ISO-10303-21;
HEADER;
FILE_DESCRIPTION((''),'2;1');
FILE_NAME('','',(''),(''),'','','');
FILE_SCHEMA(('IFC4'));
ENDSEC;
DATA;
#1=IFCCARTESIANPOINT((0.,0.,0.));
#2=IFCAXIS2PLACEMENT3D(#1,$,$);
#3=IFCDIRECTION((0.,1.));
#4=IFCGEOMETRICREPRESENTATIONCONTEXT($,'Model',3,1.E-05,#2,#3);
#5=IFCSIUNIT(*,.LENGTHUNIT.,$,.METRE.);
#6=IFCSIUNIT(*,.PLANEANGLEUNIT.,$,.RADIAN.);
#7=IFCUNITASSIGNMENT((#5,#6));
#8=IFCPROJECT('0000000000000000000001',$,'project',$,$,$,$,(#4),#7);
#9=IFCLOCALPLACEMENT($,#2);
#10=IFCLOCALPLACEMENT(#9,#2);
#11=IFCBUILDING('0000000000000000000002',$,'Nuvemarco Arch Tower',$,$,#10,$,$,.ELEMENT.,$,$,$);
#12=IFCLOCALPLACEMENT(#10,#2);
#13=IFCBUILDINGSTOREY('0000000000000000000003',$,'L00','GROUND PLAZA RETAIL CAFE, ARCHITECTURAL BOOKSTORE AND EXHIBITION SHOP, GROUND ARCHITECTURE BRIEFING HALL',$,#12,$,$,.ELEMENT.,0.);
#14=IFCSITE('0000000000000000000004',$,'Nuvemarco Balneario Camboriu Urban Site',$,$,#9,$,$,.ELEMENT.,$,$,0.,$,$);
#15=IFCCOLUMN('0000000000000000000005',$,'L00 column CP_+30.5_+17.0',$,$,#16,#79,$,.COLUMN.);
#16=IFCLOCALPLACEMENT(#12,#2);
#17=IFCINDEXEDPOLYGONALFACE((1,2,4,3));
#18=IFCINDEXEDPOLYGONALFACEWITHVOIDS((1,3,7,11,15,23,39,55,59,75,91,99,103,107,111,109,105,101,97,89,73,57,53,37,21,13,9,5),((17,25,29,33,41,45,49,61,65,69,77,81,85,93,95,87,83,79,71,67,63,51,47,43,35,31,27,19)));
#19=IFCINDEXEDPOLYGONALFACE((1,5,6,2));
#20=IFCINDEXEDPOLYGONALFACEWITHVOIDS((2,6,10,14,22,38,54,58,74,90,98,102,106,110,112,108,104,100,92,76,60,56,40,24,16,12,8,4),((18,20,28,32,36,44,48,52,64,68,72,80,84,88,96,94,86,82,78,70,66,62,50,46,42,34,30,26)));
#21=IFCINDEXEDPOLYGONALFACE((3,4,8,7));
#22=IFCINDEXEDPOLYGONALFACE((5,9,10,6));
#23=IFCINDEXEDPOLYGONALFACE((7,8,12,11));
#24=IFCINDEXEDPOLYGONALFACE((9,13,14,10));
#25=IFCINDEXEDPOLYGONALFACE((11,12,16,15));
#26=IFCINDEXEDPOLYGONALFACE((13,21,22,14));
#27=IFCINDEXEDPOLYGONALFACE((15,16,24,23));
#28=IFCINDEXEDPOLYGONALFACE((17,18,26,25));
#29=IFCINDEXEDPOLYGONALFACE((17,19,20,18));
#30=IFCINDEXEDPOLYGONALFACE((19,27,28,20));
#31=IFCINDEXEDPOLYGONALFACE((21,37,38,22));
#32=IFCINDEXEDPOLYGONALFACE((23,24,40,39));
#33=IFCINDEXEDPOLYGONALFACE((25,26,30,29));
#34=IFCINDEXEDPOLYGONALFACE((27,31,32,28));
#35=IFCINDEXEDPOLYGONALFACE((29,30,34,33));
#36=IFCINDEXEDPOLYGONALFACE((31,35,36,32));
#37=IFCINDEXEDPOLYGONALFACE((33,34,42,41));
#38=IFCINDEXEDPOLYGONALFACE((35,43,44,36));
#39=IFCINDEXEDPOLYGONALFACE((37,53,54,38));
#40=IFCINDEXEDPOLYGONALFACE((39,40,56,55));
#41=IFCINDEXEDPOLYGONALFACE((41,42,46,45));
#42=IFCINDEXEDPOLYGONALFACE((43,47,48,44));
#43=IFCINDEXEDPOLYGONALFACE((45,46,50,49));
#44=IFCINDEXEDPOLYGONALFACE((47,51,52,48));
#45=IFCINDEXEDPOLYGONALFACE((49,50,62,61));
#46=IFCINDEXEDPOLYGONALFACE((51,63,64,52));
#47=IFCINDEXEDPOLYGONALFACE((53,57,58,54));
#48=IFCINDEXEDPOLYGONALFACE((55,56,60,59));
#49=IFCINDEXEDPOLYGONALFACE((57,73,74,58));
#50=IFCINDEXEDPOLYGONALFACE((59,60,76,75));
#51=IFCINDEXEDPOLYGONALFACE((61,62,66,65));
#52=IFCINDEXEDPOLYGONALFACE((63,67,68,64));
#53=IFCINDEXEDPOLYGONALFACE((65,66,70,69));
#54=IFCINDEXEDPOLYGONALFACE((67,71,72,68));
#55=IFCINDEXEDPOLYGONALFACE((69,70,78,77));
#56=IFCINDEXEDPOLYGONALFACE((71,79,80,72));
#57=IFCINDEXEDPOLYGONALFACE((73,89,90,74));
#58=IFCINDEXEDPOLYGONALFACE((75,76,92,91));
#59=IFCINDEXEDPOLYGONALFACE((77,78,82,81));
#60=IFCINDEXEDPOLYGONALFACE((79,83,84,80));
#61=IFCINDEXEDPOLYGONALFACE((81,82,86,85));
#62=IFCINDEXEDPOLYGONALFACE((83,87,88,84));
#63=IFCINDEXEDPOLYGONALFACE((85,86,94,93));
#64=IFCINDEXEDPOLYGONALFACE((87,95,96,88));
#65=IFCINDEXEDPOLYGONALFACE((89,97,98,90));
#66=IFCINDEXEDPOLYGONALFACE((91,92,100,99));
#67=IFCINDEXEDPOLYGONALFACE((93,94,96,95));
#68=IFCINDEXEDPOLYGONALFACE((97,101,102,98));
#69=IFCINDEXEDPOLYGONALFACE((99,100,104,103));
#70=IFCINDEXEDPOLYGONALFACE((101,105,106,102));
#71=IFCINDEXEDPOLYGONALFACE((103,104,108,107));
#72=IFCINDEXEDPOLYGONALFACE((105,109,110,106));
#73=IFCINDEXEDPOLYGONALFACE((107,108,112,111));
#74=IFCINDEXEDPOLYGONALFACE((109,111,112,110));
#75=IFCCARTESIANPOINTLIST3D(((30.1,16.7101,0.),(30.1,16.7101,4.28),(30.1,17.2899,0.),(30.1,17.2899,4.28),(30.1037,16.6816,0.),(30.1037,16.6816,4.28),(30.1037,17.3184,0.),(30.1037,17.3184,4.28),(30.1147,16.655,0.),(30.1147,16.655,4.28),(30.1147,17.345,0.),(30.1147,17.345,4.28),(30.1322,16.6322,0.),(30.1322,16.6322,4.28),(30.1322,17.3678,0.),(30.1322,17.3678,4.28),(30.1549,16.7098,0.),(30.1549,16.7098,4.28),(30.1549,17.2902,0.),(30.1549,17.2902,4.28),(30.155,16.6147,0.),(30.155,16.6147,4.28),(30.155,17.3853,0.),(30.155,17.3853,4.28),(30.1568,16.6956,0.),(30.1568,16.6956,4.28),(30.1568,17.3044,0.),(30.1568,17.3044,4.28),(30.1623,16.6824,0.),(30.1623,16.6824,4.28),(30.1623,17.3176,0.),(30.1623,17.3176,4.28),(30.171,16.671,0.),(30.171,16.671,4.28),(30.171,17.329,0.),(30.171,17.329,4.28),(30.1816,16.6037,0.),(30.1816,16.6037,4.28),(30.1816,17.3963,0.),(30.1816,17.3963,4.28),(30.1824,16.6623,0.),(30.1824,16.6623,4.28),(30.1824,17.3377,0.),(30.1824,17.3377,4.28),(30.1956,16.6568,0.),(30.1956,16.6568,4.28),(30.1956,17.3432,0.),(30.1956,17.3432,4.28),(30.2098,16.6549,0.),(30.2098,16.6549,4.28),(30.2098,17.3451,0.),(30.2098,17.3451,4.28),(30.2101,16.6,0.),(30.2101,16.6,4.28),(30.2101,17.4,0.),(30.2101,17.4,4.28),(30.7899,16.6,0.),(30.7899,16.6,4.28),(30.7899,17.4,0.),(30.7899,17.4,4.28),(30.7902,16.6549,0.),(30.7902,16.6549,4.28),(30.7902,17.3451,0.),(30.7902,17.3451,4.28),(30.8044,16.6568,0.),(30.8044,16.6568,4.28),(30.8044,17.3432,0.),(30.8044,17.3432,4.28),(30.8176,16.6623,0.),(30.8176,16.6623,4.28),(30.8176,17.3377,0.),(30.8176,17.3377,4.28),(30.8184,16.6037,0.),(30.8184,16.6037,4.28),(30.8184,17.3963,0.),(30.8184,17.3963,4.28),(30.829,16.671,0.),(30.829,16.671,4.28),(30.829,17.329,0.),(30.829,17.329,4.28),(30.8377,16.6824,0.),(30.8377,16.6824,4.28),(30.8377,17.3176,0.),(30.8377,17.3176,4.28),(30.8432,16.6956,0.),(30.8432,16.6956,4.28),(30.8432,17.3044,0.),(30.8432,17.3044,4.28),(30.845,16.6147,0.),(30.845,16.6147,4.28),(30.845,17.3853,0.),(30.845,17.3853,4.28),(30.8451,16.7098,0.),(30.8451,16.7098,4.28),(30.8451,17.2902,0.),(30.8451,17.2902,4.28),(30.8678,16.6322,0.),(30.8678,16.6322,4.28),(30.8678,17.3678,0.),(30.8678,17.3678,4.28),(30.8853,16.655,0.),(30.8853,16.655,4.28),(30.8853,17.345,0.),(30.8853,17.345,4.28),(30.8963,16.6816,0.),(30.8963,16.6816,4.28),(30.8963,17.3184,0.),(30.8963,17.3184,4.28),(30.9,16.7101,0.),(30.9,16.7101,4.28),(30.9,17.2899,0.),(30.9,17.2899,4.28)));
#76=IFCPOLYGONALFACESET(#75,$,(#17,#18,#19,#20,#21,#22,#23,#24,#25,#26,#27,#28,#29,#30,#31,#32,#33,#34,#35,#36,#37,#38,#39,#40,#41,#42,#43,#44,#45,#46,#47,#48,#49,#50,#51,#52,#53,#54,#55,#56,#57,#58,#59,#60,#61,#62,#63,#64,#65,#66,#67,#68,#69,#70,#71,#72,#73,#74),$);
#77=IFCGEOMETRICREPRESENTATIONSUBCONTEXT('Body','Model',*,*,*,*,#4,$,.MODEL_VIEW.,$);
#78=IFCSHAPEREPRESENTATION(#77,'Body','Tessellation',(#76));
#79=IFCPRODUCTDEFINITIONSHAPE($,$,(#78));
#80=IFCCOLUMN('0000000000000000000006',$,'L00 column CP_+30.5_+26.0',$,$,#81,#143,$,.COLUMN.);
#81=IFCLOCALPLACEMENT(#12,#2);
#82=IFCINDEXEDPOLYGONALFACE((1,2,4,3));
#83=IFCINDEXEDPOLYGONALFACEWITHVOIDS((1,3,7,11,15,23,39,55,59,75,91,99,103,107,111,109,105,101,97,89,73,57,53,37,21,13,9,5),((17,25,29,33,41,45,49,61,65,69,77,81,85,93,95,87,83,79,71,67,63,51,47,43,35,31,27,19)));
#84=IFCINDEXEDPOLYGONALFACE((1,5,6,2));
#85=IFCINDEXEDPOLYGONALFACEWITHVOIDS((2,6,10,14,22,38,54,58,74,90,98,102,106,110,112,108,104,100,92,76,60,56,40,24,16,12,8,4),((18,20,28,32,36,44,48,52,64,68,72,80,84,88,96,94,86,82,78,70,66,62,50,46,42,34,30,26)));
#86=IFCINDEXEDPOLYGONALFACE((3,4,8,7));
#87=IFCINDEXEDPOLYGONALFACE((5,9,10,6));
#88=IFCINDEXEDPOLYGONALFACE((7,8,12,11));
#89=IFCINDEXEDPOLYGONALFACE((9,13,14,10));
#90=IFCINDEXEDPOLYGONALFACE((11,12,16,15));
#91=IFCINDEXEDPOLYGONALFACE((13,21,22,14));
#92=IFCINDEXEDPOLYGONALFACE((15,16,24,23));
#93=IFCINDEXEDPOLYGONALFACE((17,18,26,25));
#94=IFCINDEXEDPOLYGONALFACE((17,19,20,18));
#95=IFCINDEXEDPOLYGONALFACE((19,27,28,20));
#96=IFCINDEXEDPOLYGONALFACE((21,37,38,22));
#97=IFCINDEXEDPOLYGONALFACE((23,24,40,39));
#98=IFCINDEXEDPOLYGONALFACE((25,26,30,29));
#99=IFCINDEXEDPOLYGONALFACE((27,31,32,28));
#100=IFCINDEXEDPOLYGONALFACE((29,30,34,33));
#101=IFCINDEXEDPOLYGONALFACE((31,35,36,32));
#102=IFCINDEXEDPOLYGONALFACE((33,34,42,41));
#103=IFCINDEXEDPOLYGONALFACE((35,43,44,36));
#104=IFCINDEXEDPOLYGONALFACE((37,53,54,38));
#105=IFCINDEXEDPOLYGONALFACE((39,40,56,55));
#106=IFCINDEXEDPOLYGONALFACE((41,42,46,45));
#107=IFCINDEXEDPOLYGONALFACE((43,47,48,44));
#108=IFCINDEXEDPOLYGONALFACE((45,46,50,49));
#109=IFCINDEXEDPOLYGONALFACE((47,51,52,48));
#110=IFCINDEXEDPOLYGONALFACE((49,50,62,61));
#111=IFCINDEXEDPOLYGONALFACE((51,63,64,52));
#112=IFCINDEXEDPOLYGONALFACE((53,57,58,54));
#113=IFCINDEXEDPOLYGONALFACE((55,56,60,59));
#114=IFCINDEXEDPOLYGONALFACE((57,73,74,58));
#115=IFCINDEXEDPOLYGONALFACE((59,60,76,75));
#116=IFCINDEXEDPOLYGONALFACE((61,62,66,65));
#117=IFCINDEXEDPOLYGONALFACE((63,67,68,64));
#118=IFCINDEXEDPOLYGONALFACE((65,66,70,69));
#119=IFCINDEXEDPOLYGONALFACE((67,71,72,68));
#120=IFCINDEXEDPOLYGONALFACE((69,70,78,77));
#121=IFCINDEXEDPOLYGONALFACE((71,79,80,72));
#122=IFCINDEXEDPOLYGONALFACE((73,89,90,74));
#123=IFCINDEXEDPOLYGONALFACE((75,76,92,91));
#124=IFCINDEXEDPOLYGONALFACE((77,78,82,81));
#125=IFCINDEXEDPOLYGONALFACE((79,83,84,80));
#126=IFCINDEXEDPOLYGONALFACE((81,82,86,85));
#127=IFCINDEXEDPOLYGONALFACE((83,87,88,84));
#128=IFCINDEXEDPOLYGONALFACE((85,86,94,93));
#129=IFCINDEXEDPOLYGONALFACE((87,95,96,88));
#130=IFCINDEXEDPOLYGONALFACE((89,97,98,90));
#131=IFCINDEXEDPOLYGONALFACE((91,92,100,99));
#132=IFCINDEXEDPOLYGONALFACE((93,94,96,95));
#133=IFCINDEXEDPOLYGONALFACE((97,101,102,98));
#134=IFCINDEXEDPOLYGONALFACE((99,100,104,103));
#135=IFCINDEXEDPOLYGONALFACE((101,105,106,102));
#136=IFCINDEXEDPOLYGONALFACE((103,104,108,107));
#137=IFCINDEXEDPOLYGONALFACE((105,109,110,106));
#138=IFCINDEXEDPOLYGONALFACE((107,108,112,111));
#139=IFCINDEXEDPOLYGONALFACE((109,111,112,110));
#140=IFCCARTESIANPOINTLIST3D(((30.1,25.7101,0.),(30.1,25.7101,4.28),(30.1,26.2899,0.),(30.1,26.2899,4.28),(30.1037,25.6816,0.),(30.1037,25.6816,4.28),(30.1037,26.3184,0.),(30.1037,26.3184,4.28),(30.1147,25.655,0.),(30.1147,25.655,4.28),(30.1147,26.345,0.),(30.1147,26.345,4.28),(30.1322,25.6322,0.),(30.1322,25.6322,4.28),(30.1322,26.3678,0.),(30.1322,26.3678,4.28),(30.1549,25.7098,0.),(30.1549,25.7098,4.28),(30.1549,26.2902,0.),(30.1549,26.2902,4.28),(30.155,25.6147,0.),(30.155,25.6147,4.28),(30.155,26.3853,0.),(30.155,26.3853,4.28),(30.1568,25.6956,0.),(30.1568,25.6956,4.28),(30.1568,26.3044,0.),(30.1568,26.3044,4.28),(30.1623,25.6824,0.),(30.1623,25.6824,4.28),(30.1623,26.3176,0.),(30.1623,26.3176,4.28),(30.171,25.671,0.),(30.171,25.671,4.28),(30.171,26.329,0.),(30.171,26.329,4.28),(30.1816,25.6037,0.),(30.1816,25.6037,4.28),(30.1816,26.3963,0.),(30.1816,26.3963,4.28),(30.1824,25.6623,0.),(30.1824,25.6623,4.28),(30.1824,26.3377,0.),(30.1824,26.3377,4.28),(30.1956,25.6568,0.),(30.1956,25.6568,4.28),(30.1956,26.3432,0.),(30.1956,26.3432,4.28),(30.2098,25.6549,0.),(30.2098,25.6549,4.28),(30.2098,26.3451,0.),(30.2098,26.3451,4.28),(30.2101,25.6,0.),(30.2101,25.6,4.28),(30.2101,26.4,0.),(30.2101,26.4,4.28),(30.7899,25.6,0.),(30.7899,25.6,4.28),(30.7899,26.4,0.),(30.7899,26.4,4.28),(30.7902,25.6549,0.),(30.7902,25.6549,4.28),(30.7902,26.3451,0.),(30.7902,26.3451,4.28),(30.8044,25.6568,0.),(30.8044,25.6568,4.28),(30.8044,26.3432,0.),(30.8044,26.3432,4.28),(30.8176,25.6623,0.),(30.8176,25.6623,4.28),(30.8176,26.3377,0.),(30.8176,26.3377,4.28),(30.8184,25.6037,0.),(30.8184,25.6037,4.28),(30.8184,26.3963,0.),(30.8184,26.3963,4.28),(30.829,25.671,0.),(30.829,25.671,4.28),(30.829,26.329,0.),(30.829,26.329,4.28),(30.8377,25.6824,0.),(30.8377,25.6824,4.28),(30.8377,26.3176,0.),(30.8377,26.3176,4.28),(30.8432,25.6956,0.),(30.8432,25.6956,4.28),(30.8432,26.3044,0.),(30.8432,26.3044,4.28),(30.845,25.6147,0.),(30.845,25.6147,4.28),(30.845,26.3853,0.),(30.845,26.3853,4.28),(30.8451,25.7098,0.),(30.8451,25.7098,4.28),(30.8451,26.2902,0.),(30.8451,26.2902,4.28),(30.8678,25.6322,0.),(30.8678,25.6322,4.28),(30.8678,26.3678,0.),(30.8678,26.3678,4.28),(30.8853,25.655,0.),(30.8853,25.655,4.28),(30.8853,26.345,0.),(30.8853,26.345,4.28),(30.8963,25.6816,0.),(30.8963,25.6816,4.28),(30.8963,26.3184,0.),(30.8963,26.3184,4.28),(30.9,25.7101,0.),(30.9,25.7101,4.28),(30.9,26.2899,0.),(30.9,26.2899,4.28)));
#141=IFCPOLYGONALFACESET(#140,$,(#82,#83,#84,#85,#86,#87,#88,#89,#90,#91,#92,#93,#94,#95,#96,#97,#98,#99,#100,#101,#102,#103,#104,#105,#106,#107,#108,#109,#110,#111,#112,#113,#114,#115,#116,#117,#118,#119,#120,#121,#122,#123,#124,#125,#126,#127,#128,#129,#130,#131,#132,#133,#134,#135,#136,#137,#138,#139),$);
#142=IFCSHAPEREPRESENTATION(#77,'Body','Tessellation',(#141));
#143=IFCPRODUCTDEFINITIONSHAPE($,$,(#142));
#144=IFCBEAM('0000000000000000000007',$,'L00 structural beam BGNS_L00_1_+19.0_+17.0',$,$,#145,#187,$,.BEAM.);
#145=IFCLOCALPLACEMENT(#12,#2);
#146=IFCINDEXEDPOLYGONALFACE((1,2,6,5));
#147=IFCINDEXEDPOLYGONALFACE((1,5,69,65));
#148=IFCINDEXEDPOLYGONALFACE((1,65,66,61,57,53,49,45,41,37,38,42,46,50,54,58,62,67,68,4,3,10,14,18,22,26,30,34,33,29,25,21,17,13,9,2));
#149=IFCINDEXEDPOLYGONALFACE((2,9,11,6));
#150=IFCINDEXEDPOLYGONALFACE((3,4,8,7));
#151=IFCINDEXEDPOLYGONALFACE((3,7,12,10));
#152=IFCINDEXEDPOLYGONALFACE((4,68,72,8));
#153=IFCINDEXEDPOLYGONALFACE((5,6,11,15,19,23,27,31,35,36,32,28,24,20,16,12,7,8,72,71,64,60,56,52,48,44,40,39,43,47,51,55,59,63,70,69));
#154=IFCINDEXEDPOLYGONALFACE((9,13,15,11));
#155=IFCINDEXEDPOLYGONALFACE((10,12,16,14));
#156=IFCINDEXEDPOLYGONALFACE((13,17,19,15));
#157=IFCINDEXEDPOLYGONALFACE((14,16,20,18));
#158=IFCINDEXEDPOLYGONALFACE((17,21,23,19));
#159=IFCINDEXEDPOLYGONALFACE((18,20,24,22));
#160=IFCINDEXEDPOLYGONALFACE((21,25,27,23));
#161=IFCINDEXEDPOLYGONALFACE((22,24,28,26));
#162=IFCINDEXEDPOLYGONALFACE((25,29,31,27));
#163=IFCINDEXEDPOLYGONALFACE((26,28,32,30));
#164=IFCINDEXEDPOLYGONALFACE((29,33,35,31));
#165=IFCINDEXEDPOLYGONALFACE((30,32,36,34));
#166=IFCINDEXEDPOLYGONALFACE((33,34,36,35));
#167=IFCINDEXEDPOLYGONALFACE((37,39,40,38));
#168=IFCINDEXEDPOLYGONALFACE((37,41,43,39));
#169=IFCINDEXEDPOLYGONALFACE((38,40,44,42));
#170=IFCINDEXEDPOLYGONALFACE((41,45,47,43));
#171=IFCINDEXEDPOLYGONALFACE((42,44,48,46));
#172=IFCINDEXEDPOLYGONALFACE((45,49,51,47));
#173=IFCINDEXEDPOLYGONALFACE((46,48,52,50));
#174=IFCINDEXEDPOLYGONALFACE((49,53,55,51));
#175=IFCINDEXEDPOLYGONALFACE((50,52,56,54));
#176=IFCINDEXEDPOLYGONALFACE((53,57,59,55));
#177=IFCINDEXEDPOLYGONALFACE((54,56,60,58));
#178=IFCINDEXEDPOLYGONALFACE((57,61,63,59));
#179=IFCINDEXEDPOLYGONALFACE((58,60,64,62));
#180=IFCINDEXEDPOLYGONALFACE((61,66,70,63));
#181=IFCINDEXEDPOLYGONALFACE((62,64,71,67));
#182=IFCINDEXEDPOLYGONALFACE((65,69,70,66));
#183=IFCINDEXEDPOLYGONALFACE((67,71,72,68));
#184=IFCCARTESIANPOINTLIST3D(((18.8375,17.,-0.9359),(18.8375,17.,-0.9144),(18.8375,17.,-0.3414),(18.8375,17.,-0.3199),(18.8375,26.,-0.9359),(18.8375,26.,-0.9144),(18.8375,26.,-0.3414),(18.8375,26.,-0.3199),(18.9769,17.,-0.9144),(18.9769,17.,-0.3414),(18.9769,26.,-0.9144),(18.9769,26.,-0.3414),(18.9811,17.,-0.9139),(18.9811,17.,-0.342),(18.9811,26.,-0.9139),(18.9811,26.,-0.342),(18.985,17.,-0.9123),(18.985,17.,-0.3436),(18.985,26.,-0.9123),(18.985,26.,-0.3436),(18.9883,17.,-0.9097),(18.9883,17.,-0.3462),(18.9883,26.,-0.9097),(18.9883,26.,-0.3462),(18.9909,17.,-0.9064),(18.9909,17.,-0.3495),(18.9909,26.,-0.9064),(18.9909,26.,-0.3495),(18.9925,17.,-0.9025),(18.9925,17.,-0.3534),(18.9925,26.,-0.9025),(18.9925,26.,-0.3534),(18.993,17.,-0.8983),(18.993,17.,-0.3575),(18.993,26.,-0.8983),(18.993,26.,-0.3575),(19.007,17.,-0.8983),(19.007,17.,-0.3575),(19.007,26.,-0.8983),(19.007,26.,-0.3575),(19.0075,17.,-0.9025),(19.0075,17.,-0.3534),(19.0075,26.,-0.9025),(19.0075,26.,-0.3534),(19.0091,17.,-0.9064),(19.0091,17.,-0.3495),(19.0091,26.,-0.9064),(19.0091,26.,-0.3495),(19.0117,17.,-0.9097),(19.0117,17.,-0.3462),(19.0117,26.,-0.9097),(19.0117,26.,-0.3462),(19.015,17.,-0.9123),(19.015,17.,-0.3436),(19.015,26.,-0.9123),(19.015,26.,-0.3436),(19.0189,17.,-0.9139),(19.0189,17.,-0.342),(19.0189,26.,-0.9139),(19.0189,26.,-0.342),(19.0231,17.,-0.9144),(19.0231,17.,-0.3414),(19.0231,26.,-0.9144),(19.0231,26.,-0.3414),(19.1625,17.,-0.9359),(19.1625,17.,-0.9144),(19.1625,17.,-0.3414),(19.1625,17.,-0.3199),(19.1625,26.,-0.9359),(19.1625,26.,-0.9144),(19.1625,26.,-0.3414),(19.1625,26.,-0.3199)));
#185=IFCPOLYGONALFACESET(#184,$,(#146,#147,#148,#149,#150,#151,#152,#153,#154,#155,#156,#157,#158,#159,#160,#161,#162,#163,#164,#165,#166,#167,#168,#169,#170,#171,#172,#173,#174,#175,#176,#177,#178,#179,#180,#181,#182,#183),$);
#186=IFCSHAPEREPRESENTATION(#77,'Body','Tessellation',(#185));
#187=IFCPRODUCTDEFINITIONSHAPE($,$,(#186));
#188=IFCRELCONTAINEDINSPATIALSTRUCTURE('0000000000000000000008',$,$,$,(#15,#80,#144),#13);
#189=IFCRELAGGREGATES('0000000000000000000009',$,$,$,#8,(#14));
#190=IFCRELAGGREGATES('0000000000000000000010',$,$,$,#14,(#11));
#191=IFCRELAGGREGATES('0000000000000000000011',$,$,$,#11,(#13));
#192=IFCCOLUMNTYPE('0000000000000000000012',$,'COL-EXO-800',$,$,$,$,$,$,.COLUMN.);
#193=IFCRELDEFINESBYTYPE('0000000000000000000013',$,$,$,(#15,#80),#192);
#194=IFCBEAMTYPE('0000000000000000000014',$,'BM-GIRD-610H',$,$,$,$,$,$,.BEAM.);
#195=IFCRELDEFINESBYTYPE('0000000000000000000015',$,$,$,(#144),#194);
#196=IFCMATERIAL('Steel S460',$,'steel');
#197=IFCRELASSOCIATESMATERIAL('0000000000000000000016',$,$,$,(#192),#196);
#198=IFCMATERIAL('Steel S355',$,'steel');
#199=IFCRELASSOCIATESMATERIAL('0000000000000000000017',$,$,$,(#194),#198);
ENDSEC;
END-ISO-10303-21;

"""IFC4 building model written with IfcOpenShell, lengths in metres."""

from ifc_helpers import new_model, si_unit, direction, frame, origin, origin_2d, place, context, subcontext, project, spatial, hollow_rectangle, i_section, extrude, material, material_profile, profile_set, type_object, element, save


model = new_model("IFC4")

# Units and contexts
model_context = context("Model", 3, precision=1e-05, world=origin(), true_north=direction((0.0, 1.0)))
body_context = subcontext(model_context, "Body", "Model", "MODEL_VIEW")
ifc_project = project(units=[si_unit("LENGTHUNIT", "METRE"), si_unit("PLANEANGLEUNIT", "RADIAN")], contexts=[model_context])

# Site, building, storey
site_placement = place(None, origin())
site = spatial("IfcSite", under=ifc_project, at=site_placement, Name="Nuvemarco Balneario Camboriu Urban Site", CompositionType="ELEMENT", RefElevation=0.0)
building_placement = place(site_placement, origin())
building = spatial("IfcBuilding", under=site, at=building_placement, Name="Nuvemarco Arch Tower", CompositionType="ELEMENT")
storey_placement = place(building_placement, origin())
storey = spatial("IfcBuildingStorey", under=building, at=storey_placement, Name="L00", Description="GROUND PLAZA RETAIL CAFE, ARCHITECTURAL BOOKSTORE AND EXHIBITION SHOP, GROUND ARCHITECTURE BRIEFING HALL", CompositionType="ELEMENT", Elevation=0.0)

# Columns
ifc_material_1 = material(Name="Steel S460", Category="steel")
ifc_material_profile_1 = material_profile(ifc_material_1, hollow_rectangle(XDim=0.8, YDim=0.8, WallThickness=0.0549, InnerFilletRadius=0.0549, OuterFilletRadius=0.1101, at=origin_2d()), Name="SHS800x800x55")
ifc_profile_set_1 = profile_set([ifc_material_profile_1], Name="Steel S460")
column_type_1 = type_object("IfcColumnType", Name="COL-EXO-800", PredefinedType="COLUMN", material=ifc_profile_set_1)
for number, where, z_axis, x_axis, name in (
    (1, (30.5, 17.0, 0.0), (0.0, 0.0, 1.0), (1.0, 0.0, 0.0), "L00 column CP_+30.5_+17.0"),
    (2, (30.5, 26.0, 0.0), (0.0, 0.0, 1.0), (1.0, 0.0, 0.0), "L00 column CP_+30.5_+26.0"),
):
    element("IfcColumn", number, at=place(storey_placement, frame(where, z_axis=z_axis, x_axis=x_axis)), inside=storey, type_object=column_type_1, Name=name, PredefinedType="COLUMN", context=body_context, shape_type="SweptSolid", body=[
        extrude(hollow_rectangle(XDim=0.8, YDim=0.8, WallThickness=0.0549, InnerFilletRadius=0.0549, OuterFilletRadius=0.1101, at=origin_2d()), origin(), (0.0, 0.0, 1.0), 4.28),
    ])

# Beam
ifc_material_2 = material(Name="Steel S355", Category="steel")
ifc_material_profile_2 = material_profile(ifc_material_2, i_section(OverallWidth=0.325, OverallDepth=0.616, WebThickness=0.0139, FlangeThickness=0.0215, FilletRadius=0.0161, at=origin_2d()), Name="W610x174")
ifc_profile_set_2 = profile_set([ifc_material_profile_2], Name="Steel S355")
beam_type_1 = type_object("IfcBeamType", Name="BM-GIRD-610H", PredefinedType="BEAM", material=ifc_profile_set_2)
beam_1_placement = place(storey_placement, frame((19.0, 17.0, -0.6279), z_axis=(0.0, 1.0, 0.0), x_axis=(-1.0, 0.0, 0.0)))
element("IfcBeam", 3, at=beam_1_placement, inside=storey, type_object=beam_type_1, Name="L00 structural beam BGNS_L00_1_+19.0_+17.0", PredefinedType="BEAM", context=body_context, shape_type="SweptSolid", body=[
    extrude(i_section(OverallWidth=0.325, OverallDepth=0.616, WebThickness=0.0139, FlangeThickness=0.0215, FilletRadius=0.0161, at=origin_2d()), origin(), (0.0, 0.0, 1.0), 9.0),
])

save(model, "model.ifc")
